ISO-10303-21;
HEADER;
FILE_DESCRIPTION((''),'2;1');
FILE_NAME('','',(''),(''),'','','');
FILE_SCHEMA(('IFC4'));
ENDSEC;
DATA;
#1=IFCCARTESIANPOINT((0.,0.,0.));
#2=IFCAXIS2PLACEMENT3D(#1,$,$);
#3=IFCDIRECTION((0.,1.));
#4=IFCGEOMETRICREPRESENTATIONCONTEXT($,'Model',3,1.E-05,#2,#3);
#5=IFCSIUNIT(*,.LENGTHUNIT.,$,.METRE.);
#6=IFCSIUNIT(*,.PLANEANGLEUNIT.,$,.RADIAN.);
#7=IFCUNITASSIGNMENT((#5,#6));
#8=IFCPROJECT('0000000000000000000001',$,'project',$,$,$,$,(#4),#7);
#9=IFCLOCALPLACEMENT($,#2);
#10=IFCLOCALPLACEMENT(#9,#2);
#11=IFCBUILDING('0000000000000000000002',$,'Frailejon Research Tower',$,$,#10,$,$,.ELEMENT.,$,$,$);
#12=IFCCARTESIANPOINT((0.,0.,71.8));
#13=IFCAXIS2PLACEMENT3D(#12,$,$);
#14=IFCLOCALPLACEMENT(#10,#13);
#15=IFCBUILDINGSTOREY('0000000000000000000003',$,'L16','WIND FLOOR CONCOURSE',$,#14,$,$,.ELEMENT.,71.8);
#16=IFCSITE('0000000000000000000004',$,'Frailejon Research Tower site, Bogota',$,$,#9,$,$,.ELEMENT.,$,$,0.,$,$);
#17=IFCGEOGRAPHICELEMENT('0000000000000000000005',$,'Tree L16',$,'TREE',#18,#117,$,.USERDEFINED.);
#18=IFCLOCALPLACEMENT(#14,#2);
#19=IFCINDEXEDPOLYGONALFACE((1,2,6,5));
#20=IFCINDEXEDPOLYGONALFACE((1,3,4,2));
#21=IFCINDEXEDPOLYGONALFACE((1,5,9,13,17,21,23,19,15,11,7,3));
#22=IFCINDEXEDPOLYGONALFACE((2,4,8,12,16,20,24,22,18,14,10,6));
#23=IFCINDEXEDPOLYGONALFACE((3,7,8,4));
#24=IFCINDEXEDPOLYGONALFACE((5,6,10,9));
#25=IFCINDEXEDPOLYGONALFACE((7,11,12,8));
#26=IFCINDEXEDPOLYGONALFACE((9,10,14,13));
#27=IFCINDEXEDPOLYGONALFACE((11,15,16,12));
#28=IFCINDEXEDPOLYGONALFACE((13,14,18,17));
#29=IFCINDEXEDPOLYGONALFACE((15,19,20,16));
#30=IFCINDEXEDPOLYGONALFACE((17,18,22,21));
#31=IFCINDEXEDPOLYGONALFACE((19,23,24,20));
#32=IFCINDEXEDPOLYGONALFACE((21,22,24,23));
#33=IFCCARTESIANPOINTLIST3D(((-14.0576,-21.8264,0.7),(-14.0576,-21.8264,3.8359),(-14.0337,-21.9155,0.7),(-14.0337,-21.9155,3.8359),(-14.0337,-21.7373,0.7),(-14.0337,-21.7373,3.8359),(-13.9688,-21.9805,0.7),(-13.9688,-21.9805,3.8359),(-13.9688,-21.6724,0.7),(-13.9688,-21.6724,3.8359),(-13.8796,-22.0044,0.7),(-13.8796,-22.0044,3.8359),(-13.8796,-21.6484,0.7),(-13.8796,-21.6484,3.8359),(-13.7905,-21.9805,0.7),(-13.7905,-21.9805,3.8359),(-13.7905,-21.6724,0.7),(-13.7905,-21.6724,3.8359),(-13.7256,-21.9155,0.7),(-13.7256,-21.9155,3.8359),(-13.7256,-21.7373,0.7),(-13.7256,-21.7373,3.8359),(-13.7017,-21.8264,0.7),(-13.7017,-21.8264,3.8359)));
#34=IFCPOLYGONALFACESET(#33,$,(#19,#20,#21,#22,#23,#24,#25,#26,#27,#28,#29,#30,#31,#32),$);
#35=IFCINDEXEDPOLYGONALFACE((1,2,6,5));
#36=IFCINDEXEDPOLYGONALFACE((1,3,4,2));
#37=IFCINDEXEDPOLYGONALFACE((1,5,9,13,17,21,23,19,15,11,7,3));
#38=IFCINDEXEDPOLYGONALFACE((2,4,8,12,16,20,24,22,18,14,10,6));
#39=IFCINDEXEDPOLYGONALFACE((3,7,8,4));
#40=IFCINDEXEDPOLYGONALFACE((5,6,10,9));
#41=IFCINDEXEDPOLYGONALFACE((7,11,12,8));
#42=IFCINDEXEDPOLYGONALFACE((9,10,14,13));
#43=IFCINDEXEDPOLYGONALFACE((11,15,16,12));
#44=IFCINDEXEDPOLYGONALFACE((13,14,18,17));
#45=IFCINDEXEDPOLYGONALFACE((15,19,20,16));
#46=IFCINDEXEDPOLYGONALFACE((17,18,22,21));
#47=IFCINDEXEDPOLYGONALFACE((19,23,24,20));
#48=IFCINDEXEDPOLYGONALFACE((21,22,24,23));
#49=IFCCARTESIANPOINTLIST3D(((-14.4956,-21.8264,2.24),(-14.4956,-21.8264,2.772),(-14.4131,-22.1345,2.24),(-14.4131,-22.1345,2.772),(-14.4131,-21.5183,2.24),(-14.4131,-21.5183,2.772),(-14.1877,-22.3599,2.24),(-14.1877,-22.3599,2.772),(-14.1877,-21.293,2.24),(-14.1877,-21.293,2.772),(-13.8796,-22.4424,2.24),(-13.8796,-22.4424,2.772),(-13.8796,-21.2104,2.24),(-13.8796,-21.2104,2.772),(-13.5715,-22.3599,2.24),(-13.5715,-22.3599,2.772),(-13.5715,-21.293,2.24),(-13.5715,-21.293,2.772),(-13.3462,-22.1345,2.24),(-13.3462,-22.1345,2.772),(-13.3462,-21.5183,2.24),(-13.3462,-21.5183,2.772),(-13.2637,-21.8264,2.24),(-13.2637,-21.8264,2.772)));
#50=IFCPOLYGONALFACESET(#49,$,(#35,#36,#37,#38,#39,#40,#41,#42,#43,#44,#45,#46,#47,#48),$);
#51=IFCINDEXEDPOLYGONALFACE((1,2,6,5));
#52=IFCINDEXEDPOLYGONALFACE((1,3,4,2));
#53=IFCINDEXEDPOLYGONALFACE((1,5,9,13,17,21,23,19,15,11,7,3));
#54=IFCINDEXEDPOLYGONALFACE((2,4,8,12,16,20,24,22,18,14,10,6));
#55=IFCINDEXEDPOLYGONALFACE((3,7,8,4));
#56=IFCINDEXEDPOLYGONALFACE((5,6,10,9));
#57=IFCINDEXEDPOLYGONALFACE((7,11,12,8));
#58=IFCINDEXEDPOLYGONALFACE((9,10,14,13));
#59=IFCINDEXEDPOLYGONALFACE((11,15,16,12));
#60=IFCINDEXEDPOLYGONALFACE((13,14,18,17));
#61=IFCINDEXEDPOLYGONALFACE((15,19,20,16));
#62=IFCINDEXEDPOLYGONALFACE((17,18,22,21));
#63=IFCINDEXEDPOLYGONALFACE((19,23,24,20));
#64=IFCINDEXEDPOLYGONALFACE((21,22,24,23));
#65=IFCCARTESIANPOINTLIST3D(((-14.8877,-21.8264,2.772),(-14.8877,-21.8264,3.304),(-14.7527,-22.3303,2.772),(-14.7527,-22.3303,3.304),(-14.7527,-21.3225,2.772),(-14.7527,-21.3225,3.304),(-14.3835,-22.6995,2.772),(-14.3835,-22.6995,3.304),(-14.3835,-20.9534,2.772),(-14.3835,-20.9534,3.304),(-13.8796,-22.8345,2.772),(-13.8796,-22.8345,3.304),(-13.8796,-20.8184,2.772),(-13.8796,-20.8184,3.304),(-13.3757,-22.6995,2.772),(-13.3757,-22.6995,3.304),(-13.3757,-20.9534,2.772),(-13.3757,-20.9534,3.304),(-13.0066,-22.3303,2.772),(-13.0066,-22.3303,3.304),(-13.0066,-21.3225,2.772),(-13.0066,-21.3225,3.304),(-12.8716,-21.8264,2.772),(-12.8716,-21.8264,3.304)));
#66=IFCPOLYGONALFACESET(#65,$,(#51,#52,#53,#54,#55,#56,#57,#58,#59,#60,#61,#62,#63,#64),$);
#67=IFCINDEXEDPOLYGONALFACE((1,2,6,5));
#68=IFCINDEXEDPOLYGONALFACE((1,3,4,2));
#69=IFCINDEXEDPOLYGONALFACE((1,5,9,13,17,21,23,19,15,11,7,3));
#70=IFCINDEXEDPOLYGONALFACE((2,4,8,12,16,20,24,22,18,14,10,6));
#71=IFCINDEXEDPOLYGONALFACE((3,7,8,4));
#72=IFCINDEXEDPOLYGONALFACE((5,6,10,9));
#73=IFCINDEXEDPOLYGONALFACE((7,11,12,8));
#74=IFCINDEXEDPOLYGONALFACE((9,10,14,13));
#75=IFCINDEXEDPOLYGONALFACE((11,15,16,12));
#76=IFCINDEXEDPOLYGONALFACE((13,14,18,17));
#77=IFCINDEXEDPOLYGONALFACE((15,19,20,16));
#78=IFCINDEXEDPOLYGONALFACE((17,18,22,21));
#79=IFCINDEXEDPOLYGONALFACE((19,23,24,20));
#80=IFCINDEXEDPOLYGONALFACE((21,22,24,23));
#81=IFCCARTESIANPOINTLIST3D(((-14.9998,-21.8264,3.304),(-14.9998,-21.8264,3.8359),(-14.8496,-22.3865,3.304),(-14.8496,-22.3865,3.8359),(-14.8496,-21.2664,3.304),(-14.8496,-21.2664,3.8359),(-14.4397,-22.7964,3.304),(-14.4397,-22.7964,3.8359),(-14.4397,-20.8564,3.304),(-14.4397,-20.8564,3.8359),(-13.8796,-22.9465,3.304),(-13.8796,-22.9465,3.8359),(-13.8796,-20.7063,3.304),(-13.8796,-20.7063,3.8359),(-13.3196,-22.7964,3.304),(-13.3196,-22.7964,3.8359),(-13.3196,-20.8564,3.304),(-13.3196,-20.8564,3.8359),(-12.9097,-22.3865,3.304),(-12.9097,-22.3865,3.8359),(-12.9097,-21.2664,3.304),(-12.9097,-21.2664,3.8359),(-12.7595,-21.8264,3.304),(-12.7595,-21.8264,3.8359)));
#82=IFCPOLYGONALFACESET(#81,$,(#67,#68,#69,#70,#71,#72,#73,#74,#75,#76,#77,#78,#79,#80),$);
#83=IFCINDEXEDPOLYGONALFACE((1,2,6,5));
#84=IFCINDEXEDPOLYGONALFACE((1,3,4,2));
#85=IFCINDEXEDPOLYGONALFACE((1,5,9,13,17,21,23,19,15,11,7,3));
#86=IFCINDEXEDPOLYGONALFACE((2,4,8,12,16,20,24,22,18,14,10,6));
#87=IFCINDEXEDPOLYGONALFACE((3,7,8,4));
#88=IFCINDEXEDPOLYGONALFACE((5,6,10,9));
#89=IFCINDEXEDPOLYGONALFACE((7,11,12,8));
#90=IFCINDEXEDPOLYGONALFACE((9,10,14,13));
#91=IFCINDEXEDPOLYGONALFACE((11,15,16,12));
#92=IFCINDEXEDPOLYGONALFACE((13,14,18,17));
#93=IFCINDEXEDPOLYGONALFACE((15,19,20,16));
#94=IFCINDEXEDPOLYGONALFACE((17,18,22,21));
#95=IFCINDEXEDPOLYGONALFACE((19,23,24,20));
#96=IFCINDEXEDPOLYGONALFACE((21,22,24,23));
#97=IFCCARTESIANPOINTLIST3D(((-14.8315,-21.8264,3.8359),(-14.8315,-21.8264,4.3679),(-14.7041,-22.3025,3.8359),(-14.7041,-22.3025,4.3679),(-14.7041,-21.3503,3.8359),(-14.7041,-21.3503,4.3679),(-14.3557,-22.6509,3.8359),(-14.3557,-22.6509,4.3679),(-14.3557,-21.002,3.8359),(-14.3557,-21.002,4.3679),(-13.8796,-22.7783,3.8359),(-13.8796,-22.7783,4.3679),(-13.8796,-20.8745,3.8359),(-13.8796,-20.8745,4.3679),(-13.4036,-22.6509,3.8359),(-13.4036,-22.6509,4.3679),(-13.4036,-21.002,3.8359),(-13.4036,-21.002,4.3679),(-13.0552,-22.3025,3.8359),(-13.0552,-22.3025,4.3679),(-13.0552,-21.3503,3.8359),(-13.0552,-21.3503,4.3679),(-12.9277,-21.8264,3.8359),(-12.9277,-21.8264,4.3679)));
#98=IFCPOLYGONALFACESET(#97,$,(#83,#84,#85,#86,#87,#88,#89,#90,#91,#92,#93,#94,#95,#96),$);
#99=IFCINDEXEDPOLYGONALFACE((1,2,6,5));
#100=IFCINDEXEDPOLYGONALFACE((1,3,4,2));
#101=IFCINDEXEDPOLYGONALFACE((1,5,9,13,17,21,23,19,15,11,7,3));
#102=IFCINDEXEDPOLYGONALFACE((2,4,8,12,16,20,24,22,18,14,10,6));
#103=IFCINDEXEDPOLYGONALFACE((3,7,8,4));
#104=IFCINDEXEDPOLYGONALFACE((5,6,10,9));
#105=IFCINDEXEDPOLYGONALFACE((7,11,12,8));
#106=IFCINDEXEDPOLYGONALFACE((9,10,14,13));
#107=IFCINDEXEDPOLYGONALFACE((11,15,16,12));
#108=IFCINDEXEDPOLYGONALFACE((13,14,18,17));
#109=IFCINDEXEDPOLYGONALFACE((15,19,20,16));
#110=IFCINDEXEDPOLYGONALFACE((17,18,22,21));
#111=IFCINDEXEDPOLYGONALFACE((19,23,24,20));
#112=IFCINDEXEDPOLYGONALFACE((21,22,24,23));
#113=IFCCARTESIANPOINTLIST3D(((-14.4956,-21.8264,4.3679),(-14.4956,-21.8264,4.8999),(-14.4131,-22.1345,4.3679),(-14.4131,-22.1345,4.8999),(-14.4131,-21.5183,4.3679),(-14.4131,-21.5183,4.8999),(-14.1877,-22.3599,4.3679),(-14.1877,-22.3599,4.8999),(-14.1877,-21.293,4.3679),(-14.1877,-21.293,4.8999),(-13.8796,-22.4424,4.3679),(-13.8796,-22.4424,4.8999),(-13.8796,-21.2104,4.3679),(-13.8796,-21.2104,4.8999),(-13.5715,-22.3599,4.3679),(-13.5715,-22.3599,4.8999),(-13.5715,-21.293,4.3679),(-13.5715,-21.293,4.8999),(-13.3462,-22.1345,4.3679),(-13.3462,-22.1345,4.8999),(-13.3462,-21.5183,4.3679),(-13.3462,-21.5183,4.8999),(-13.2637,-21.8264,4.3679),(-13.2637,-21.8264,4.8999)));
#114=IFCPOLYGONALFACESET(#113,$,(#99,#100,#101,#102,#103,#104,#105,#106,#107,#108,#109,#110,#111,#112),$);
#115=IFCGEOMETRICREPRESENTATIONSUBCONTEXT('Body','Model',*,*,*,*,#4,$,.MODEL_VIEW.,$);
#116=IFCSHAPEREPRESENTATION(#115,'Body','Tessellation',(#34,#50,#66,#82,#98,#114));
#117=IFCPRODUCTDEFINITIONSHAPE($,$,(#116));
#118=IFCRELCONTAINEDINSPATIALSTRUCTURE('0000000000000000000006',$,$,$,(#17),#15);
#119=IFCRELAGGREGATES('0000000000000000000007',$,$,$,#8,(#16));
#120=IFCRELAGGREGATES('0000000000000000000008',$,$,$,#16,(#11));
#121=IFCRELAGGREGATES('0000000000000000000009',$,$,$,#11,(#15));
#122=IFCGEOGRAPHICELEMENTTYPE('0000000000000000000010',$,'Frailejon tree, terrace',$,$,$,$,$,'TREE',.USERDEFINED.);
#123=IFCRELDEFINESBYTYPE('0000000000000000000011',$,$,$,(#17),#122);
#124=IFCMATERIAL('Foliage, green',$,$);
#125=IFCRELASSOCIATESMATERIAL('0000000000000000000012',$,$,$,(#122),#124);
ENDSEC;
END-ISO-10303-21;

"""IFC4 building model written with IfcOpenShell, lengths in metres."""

from ifc_helpers import new_model, si_unit, direction, frame, origin, place, context, subcontext, project, spatial, polyline, outline, extrude, material, type_object, element, save


model = new_model("IFC4")

# Units and contexts
model_context = context("Model", 3, precision=1e-05, world=origin(), true_north=direction((0.0, 1.0)))
body_context = subcontext(model_context, "Body", "Model", "MODEL_VIEW")
ifc_project = project(units=[si_unit("LENGTHUNIT", "METRE"), si_unit("PLANEANGLEUNIT", "RADIAN")], contexts=[model_context])

# Site, building, storey
site_placement = place(None, origin())
site = spatial("IfcSite", under=ifc_project, at=site_placement, Name="Frailejon Research Tower site, Bogota", CompositionType="ELEMENT", RefElevation=0.0)
building_placement = place(site_placement, origin())
building = spatial("IfcBuilding", under=site, at=building_placement, Name="Frailejon Research Tower", CompositionType="ELEMENT")
storey_placement = place(building_placement, frame((0.0, 0.0, 71.8)))
storey = spatial("IfcBuildingStorey", under=building, at=storey_placement, Name="L16", Description="WIND FLOOR CONCOURSE", CompositionType="ELEMENT", Elevation=71.8)

# Geographic element
ifc_material_1 = material(Name="Foliage, green")
geographic_element_type = type_object("IfcGeographicElementType", Name="Frailejon tree, terrace", ElementType="TREE", PredefinedType="USERDEFINED", material=ifc_material_1)
geographic_element_1_placement = place(storey_placement, frame((-13.8796, -21.8264, 0.7)))
element("IfcGeographicElement", 1, at=geographic_element_1_placement, inside=storey, type_object=geographic_element_type, Name="Tree L16", ObjectType="TREE", PredefinedType="USERDEFINED", context=body_context, shape_type="SweptSolid", body=[
    extrude(outline(polyline([(0.178, 0.0), (0.1541, 0.0891), (0.0891, 0.1541), (0.0, 0.178), (-0.0891, 0.1541), (-0.1541, 0.0891), (-0.178, 0.0), (-0.1541, -0.0891), (-0.0891, -0.1541), (0.0, -0.178), (0.0891, -0.1541), (0.1541, -0.0891), (0.178, 0.0)])), origin(), (0.0, 0.0, 1.0), 3.136),
    extrude(outline(polyline([(0.616, 0.0), (0.5334, 0.3081), (0.3081, 0.5334), (0.0, 0.616), (-0.3081, 0.5334), (-0.5334, 0.3081), (-0.616, 0.0), (-0.5334, -0.3081), (-0.3081, -0.5334), (0.0, -0.616), (0.3081, -0.5334), (0.5334, -0.3081), (0.616, 0.0)])), frame((0.0, 0.0, 1.54)), (0.0, 0.0, 1.0), 0.532),
    extrude(outline(polyline([(1.0081, 0.0), (0.873, 0.5039), (0.5039, 0.873), (0.0, 1.0081), (-0.5039, 0.873), (-0.873, 0.5039), (-1.0081, 0.0), (-0.873, -0.5039), (-0.5039, -0.873), (0.0, -1.0081), (0.5039, -0.873), (0.873, -0.5039), (1.0081, 0.0)])), frame((0.0, 0.0, 2.072)), (0.0, 0.0, 1.0), 0.532),
    extrude(outline(polyline([(1.1201, 0.0), (0.97, 0.5601), (0.5601, 0.97), (0.0, 1.1201), (-0.5601, 0.97), (-0.97, 0.5601), (-1.1201, 0.0), (-0.97, -0.5601), (-0.5601, -0.97), (0.0, -1.1201), (0.5601, -0.97), (0.97, -0.5601), (1.1201, 0.0)])), frame((0.0, 0.0, 2.604)), (0.0, 0.0, 1.0), 0.532),
    extrude(outline(polyline([(0.9519, 0.0), (0.8245, 0.4761), (0.4761, 0.8245), (0.0, 0.9519), (-0.4761, 0.8245), (-0.8245, 0.4761), (-0.9519, 0.0), (-0.8245, -0.4761), (-0.4761, -0.8245), (0.0, -0.9519), (0.4761, -0.8245), (0.8245, -0.4761), (0.9519, 0.0)])), frame((0.0, 0.0, 3.136)), (0.0, 0.0, 1.0), 0.532),
    extrude(outline(polyline([(0.616, 0.0), (0.5334, 0.3081), (0.3081, 0.5334), (0.0, 0.616), (-0.3081, 0.5334), (-0.5334, 0.3081), (-0.616, 0.0), (-0.5334, -0.3081), (-0.3081, -0.5334), (0.0, -0.616), (0.3081, -0.5334), (0.5334, -0.3081), (0.616, 0.0)])), frame((0.0, 0.0, 3.668)), (0.0, 0.0, 1.0), 0.532),
])

save(model, "model.ifc")
